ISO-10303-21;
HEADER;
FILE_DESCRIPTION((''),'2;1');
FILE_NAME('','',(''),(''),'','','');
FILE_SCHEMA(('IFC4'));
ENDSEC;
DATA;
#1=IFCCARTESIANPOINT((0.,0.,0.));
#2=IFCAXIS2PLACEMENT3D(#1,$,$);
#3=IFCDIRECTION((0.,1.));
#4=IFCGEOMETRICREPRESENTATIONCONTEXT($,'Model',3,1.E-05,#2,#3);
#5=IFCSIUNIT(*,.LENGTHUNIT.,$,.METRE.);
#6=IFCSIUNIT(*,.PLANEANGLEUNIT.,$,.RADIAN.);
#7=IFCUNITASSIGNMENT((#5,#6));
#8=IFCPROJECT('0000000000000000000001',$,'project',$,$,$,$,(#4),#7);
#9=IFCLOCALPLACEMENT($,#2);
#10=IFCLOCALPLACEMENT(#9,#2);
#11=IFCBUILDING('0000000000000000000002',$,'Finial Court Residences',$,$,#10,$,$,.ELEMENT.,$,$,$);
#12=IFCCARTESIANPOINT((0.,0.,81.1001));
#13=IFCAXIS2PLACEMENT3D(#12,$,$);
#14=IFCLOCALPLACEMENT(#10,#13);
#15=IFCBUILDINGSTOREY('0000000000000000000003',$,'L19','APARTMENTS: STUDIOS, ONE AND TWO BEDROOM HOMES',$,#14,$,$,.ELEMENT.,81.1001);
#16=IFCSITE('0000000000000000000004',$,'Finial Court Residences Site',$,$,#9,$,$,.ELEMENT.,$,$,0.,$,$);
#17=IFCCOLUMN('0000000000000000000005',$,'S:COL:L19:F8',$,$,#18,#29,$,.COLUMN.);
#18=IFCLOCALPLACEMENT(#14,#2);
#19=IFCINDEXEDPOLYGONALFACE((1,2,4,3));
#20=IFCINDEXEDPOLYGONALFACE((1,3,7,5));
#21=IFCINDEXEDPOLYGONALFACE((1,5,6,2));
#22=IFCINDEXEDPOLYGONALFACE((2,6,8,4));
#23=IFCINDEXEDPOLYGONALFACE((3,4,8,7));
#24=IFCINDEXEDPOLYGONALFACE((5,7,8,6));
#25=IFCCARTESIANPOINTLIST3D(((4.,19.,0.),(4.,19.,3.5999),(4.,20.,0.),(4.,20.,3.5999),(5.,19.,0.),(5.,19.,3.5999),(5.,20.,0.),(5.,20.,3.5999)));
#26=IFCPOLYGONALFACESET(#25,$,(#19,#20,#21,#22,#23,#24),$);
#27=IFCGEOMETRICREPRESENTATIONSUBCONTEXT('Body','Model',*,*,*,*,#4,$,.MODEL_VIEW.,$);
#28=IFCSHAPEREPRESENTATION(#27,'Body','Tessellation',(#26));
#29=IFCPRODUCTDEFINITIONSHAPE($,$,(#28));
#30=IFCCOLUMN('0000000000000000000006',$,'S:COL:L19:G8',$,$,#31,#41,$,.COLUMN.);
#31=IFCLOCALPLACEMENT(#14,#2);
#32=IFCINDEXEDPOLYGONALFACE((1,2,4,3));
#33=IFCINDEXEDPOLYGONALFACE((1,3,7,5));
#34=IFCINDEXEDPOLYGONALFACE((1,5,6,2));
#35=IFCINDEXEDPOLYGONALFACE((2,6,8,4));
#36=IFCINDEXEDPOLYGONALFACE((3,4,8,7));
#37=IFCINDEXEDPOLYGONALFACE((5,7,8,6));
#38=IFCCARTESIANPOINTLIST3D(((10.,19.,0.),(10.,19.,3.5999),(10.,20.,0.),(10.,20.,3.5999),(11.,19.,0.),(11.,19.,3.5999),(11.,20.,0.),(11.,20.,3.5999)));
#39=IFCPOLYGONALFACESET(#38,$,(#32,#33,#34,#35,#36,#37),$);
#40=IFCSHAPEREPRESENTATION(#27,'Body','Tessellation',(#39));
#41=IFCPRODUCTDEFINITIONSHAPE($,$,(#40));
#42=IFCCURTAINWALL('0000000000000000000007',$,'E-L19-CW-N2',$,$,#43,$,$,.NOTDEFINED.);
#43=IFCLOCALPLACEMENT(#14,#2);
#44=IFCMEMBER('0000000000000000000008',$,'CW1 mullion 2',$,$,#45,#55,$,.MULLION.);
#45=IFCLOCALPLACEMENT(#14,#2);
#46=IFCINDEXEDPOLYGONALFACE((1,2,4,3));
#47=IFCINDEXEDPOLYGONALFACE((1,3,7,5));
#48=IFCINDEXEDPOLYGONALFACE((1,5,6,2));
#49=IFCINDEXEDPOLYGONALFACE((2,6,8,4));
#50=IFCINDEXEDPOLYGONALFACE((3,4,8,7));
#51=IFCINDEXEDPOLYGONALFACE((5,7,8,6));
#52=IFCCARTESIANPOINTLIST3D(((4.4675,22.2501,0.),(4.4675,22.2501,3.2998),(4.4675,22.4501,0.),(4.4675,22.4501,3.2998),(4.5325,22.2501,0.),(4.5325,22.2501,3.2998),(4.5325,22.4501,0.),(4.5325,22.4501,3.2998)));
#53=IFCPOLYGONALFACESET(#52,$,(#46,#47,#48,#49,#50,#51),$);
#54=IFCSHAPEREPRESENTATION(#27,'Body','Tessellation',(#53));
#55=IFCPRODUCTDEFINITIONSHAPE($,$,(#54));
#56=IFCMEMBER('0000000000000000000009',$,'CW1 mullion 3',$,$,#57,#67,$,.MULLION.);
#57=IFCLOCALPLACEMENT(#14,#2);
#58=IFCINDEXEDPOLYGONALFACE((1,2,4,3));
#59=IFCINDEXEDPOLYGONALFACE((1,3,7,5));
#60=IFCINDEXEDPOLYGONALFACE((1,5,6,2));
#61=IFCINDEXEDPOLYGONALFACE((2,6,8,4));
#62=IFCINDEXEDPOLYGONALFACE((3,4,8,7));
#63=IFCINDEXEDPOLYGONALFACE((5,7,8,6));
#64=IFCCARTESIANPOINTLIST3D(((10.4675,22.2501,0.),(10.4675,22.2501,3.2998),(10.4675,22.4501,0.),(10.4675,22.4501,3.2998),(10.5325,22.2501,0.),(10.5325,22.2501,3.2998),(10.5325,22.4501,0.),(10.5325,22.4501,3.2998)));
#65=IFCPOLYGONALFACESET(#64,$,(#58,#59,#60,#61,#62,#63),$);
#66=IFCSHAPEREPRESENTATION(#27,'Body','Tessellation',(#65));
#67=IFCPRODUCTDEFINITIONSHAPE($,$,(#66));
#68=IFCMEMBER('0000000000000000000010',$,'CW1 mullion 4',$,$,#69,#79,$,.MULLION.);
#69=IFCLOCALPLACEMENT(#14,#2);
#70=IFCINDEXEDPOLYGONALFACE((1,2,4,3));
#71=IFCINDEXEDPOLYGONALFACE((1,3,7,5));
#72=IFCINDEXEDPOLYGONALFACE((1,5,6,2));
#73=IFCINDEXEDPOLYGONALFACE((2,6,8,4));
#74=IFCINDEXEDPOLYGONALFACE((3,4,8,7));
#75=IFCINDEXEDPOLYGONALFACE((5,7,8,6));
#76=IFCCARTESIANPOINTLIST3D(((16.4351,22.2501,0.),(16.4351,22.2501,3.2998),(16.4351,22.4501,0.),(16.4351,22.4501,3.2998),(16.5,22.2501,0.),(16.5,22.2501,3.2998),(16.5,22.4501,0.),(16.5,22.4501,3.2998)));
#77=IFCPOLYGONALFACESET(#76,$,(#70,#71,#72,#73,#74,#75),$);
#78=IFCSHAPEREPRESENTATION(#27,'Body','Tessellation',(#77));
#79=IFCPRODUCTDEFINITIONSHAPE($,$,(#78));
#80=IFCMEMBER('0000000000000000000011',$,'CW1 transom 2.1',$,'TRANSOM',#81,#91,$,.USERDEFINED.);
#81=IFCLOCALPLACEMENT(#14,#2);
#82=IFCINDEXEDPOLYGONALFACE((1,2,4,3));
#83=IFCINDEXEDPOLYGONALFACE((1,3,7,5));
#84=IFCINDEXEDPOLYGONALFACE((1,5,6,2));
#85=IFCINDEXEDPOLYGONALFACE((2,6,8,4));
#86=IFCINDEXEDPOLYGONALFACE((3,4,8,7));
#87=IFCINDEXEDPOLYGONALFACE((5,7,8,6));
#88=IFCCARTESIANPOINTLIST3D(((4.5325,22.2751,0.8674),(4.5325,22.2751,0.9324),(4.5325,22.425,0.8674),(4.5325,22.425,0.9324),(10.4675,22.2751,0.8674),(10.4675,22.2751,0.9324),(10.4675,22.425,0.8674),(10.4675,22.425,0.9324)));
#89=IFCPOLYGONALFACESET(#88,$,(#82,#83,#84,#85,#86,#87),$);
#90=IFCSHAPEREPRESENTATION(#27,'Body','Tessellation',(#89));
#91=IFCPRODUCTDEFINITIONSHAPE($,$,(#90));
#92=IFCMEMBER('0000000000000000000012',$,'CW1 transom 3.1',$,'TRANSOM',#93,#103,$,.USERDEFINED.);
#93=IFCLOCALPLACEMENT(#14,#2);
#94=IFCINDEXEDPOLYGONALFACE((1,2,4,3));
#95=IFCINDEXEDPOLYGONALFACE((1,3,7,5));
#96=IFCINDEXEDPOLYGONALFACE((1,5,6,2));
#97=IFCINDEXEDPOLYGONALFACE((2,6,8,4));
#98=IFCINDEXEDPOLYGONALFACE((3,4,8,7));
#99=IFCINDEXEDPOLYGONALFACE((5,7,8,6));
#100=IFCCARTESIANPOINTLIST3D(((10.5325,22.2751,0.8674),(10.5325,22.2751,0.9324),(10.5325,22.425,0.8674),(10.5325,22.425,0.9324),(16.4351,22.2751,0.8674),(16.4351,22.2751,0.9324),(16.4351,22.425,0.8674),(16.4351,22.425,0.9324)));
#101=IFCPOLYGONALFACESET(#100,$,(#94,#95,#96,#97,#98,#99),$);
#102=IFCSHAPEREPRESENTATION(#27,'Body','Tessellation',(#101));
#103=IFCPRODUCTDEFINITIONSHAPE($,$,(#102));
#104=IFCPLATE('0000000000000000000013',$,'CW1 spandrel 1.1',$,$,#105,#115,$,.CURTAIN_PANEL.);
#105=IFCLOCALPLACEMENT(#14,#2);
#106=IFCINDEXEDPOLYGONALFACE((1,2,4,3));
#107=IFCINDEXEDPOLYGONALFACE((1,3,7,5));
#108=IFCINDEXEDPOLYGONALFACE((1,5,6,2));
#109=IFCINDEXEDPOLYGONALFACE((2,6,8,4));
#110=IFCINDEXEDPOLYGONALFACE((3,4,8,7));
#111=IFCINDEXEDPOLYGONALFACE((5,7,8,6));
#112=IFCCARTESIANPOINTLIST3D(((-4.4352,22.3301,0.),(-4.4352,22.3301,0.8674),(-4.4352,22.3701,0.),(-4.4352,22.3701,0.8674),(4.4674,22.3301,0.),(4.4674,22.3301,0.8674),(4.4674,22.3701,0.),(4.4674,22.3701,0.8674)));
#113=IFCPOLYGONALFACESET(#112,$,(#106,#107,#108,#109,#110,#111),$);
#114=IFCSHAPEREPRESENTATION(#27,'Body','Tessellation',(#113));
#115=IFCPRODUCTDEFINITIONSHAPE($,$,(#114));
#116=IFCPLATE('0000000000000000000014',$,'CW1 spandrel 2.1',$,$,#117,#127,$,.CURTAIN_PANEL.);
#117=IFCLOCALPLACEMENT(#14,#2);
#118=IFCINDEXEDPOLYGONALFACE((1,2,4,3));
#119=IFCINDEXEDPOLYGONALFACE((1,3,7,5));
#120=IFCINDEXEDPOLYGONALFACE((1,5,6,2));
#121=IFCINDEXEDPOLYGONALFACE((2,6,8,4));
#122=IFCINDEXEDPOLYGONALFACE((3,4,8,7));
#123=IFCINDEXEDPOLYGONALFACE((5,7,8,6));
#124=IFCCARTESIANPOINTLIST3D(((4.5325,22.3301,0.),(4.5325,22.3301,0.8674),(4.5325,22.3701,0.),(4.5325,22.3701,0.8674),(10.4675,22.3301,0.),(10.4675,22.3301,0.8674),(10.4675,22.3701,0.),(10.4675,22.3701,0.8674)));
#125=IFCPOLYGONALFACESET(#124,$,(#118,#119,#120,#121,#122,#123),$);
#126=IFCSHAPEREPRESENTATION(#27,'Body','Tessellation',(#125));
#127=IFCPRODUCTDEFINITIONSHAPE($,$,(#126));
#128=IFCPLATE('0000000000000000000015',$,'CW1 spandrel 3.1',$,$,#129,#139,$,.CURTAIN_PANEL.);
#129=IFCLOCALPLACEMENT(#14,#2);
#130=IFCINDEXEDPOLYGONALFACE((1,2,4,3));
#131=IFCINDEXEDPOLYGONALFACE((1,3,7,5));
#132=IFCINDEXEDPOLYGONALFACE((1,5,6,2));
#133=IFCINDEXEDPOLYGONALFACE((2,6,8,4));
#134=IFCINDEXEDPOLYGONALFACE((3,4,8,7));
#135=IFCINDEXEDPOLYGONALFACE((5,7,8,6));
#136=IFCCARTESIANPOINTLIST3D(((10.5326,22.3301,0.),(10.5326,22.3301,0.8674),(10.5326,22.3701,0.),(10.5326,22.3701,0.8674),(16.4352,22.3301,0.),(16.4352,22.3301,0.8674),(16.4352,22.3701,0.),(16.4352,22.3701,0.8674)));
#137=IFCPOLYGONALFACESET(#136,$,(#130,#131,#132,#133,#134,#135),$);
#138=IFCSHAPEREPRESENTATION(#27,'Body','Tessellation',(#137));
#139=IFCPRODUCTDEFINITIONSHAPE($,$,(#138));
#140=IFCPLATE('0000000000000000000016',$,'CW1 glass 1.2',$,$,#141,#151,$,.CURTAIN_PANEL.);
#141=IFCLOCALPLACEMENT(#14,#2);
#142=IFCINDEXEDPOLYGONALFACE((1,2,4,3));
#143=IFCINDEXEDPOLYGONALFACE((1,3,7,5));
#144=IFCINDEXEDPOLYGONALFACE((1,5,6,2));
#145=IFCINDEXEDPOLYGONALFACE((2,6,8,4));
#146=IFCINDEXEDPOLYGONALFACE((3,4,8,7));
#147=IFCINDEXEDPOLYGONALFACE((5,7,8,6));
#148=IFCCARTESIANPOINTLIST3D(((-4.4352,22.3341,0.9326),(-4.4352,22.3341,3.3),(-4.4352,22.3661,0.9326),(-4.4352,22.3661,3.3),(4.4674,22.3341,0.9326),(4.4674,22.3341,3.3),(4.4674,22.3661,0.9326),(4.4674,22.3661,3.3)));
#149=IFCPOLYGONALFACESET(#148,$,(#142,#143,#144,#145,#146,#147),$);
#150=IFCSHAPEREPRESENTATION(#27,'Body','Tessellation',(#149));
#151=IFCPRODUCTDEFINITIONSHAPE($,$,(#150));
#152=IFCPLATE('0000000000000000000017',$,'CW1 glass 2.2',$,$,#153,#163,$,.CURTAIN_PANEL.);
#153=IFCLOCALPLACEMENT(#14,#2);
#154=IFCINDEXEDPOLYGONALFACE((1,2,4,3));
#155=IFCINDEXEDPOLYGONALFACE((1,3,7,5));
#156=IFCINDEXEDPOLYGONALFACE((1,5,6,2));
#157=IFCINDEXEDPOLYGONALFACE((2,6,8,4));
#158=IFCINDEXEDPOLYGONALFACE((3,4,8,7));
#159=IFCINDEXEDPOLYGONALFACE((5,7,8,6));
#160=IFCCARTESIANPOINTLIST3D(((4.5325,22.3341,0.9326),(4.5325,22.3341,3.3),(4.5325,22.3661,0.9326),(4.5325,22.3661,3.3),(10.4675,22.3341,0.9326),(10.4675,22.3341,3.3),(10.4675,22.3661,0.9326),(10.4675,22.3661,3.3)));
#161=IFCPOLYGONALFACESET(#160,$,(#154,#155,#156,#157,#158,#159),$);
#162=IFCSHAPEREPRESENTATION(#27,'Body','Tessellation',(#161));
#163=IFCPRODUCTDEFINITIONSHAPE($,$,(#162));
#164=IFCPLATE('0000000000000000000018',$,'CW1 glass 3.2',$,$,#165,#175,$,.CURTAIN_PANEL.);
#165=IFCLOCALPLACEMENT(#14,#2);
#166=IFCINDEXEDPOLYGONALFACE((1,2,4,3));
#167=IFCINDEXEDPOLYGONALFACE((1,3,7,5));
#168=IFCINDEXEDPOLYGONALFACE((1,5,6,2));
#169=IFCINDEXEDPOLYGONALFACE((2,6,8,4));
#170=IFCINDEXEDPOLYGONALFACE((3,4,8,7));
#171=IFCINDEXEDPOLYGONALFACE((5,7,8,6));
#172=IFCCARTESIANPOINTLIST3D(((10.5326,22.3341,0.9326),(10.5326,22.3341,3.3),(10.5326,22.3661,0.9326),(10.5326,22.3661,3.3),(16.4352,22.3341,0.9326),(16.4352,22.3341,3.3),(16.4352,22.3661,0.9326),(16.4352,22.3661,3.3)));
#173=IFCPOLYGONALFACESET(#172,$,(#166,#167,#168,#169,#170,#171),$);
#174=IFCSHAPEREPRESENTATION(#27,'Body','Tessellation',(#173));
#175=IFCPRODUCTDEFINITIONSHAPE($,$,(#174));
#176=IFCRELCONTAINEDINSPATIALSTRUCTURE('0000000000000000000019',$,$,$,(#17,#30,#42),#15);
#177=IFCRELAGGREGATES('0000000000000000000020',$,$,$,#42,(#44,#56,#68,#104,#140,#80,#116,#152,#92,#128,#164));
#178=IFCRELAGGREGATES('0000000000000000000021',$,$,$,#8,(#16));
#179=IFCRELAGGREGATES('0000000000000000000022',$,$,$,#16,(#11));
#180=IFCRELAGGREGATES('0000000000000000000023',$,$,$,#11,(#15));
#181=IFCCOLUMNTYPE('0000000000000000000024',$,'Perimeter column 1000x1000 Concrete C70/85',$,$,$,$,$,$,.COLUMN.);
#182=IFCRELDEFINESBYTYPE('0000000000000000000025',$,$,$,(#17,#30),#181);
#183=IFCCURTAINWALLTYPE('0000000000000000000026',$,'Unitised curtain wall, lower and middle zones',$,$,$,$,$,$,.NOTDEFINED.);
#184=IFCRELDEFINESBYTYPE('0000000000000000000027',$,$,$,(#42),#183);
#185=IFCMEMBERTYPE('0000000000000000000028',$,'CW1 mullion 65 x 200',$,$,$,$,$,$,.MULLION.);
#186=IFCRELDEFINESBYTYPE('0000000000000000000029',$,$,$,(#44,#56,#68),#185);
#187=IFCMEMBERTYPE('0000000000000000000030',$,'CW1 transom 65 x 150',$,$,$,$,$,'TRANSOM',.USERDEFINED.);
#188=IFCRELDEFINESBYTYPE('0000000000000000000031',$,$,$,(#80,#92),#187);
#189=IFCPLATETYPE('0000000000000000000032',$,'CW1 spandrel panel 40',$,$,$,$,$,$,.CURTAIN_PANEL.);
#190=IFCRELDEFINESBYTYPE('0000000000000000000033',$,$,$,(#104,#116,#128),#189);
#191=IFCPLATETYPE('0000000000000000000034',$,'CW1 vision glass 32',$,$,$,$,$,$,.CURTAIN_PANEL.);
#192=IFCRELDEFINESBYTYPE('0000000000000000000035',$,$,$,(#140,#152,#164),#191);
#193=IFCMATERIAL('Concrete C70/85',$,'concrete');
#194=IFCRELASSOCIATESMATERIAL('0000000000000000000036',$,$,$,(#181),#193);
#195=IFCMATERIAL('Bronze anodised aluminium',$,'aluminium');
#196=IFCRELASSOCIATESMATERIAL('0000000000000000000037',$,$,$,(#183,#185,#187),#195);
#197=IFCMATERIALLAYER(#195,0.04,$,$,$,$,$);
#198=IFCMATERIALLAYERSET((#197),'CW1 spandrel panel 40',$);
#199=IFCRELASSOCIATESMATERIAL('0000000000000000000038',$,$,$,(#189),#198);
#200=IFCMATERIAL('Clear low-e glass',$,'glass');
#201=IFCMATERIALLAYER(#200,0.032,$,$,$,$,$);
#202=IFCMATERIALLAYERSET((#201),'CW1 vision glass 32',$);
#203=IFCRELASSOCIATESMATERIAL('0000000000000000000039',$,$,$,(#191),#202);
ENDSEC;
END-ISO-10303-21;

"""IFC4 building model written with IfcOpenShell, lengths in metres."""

from ifc_helpers import new_model, si_unit, direction, frame, origin, origin_2d, place, context, subcontext, project, spatial, rectangle, extrude, material, layer, layer_set, material_profile, profile_set, type_object, element, aggregate, save


model = new_model("IFC4")

# Units and contexts
model_context = context("Model", 3, precision=1e-05, world=origin(), true_north=direction((0.0, 1.0)))
body_context = subcontext(model_context, "Body", "Model", "MODEL_VIEW")
ifc_project = project(units=[si_unit("LENGTHUNIT", "METRE"), si_unit("PLANEANGLEUNIT", "RADIAN")], contexts=[model_context])

# Site, building, storey
site_placement = place(None, origin())
site = spatial("IfcSite", under=ifc_project, at=site_placement, Name="Finial Court Residences Site", CompositionType="ELEMENT", RefElevation=0.0)
building_placement = place(site_placement, origin())
building = spatial("IfcBuilding", under=site, at=building_placement, Name="Finial Court Residences", CompositionType="ELEMENT")
storey_placement = place(building_placement, frame((0.0, 0.0, 81.1001)))
storey = spatial("IfcBuildingStorey", under=building, at=storey_placement, Name="L19", Description="APARTMENTS: STUDIOS, ONE AND TWO BEDROOM HOMES", CompositionType="ELEMENT", Elevation=81.1001)

# Columns
ifc_material_1 = material(Name="Concrete C70/85", Category="concrete")
ifc_material_profile_1 = material_profile(ifc_material_1, rectangle(XDim=1.0, YDim=1.0, at=origin_2d()), Name="1000x1000")
ifc_profile_set_1 = profile_set([ifc_material_profile_1], Name="Concrete C70/85")
column_type = type_object("IfcColumnType", Name="Perimeter column 1000x1000 Concrete C70/85", PredefinedType="COLUMN", material=ifc_profile_set_1)
for number, where, z_axis, x_axis, name in (
    (1, (4.5, 19.5, 0.0), (0.0, 0.0, 1.0), (1.0, 0.0, 0.0), "S:COL:L19:F8"),
    (2, (10.5, 19.5, 0.0), (0.0, 0.0, 1.0), (1.0, 0.0, 0.0), "S:COL:L19:G8"),
):
    element("IfcColumn", number, at=place(storey_placement, frame(where, z_axis=z_axis, x_axis=x_axis)), inside=storey, type_object=column_type, Name=name, PredefinedType="COLUMN", context=body_context, shape_type="SweptSolid", body=[
        extrude(rectangle(XDim=1.0, YDim=1.0, at=origin_2d()), origin(), (0.0, 0.0, 1.0), 3.5999),
    ])

# Curtain wall, members, plates
ifc_material_2 = material(Name="Bronze anodised aluminium", Category="aluminium")
curtain_wall_type = type_object("IfcCurtainWallType", Name="Unitised curtain wall, lower and middle zones", PredefinedType="NOTDEFINED", material=ifc_material_2)
curtain_wall_placement = place(storey_placement, origin())
curtain_wall = element("IfcCurtainWall", 3, at=curtain_wall_placement, inside=storey, type_object=curtain_wall_type, Name="E-L19-CW-N2", PredefinedType="NOTDEFINED")
ifc_material_profile_2 = material_profile(ifc_material_2, rectangle(XDim=0.2, YDim=0.0649, at=origin_2d()), Name="CW1 mullion 65 x 200")
ifc_profile_set_2 = profile_set([ifc_material_profile_2], Name="Bronze anodised aluminium")
member_type_1 = type_object("IfcMemberType", Name="CW1 mullion 65 x 200", PredefinedType="MULLION", material=ifc_profile_set_2)
member_1_placement = place(storey_placement, frame((4.5, 22.3501, 0.0), z_axis=(0.0, 0.0, 1.0), x_axis=(0.0, 1.0, 0.0)))
member_1 = element("IfcMember", 4, at=member_1_placement, type_object=member_type_1, Name="CW1 mullion 2", PredefinedType="MULLION", context=body_context, shape_type="SweptSolid", body=[
    extrude(rectangle(XDim=0.2, YDim=0.0649, at=origin_2d()), origin(), (0.0, 0.0, 1.0), 3.2998),
])
member_2_placement = place(storey_placement, frame((10.5, 22.3501, 0.0), z_axis=(0.0, 0.0, 1.0), x_axis=(0.0, 1.0, 0.0)))
member_2 = element("IfcMember", 5, at=member_2_placement, type_object=member_type_1, Name="CW1 mullion 3", PredefinedType="MULLION", context=body_context, shape_type="SweptSolid", body=[
    extrude(rectangle(XDim=0.2, YDim=0.0649, at=origin_2d()), origin(), (0.0, 0.0, 1.0), 3.2998),
])
member_3_placement = place(storey_placement, frame((16.4675, 22.3501, 0.0), z_axis=(0.0, 0.0, 1.0), x_axis=(0.0, 1.0, 0.0)))
member_3 = element("IfcMember", 6, at=member_3_placement, type_object=member_type_1, Name="CW1 mullion 4", PredefinedType="MULLION", context=body_context, shape_type="SweptSolid", body=[
    extrude(rectangle(XDim=0.2, YDim=0.0649, at=origin_2d()), origin(), (0.0, 0.0, 1.0), 3.2998),
])
ifc_material_profile_3 = material_profile(ifc_material_2, rectangle(XDim=0.1499, YDim=0.0649, at=origin_2d()), Name="CW1 transom 65 x 150")
ifc_profile_set_3 = profile_set([ifc_material_profile_3], Name="Bronze anodised aluminium")
member_type_2 = type_object("IfcMemberType", Name="CW1 transom 65 x 150", ElementType="TRANSOM", PredefinedType="USERDEFINED", material=ifc_profile_set_3)
member_4_placement = place(storey_placement, frame((4.5325, 22.3501, 0.8999), z_axis=(1.0, 0.0, 0.0), x_axis=(0.0, 1.0, 0.0)))
member_4 = element("IfcMember", 7, at=member_4_placement, type_object=member_type_2, Name="CW1 transom 2.1", ObjectType="TRANSOM", PredefinedType="USERDEFINED", context=body_context, shape_type="SweptSolid", body=[
    extrude(rectangle(XDim=0.1499, YDim=0.0649, at=origin_2d()), origin(), (0.0, 0.0, 1.0), 5.9351),
])
member_5_placement = place(storey_placement, frame((10.5325, 22.3501, 0.8999), z_axis=(1.0, 0.0, 0.0), x_axis=(0.0, 1.0, 0.0)))
member_5 = element("IfcMember", 8, at=member_5_placement, type_object=member_type_2, Name="CW1 transom 3.1", ObjectType="TRANSOM", PredefinedType="USERDEFINED", context=body_context, shape_type="SweptSolid", body=[
    extrude(rectangle(XDim=0.1499, YDim=0.0649, at=origin_2d()), origin(), (0.0, 0.0, 1.0), 5.9026),
])
ifc_layer_1 = layer(ifc_material_2, 0.04)
ifc_layer_set_1 = layer_set([ifc_layer_1], Name="CW1 spandrel panel 40")
plate_type_1 = type_object("IfcPlateType", Name="CW1 spandrel panel 40", PredefinedType="CURTAIN_PANEL", material=ifc_layer_set_1)
plate_1_placement = place(storey_placement, frame((0.0161, 22.3501, 0.0), z_axis=(0.0, 0.0, 1.0), x_axis=(1.0, 0.0, 0.0)))
plate_1 = element("IfcPlate", 9, at=plate_1_placement, type_object=plate_type_1, Name="CW1 spandrel 1.1", PredefinedType="CURTAIN_PANEL", context=body_context, shape_type="SweptSolid", body=[
    extrude(rectangle(XDim=8.9026, YDim=0.04, at=origin_2d()), origin(), (0.0, 0.0, 1.0), 0.8674),
])
plate_2_placement = place(storey_placement, frame((7.5, 22.3501, 0.0), z_axis=(0.0, 0.0, 1.0), x_axis=(1.0, 0.0, 0.0)))
plate_2 = element("IfcPlate", 10, at=plate_2_placement, type_object=plate_type_1, Name="CW1 spandrel 2.1", PredefinedType="CURTAIN_PANEL", context=body_context, shape_type="SweptSolid", body=[
    extrude(rectangle(XDim=5.9351, YDim=0.04, at=origin_2d()), origin(), (0.0, 0.0, 1.0), 0.8674),
])
plate_3_placement = place(storey_placement, frame((13.4839, 22.3501, 0.0), z_axis=(0.0, 0.0, 1.0), x_axis=(1.0, 0.0, 0.0)))
plate_3 = element("IfcPlate", 11, at=plate_3_placement, type_object=plate_type_1, Name="CW1 spandrel 3.1", PredefinedType="CURTAIN_PANEL", context=body_context, shape_type="SweptSolid", body=[
    extrude(rectangle(XDim=5.9026, YDim=0.04, at=origin_2d()), origin(), (0.0, 0.0, 1.0), 0.8674),
])
ifc_material_3 = material(Name="Clear low-e glass", Category="glass")
ifc_layer_2 = layer(ifc_material_3, 0.032)
ifc_layer_set_2 = layer_set([ifc_layer_2], Name="CW1 vision glass 32")
plate_type_2 = type_object("IfcPlateType", Name="CW1 vision glass 32", PredefinedType="CURTAIN_PANEL", material=ifc_layer_set_2)
plate_4_placement = place(storey_placement, frame((0.0161, 22.3501, 0.9326), z_axis=(0.0, 0.0, 1.0), x_axis=(1.0, 0.0, 0.0)))
plate_4 = element("IfcPlate", 12, at=plate_4_placement, type_object=plate_type_2, Name="CW1 glass 1.2", PredefinedType="CURTAIN_PANEL", context=body_context, shape_type="SweptSolid", body=[
    extrude(rectangle(XDim=8.9026, YDim=0.032, at=origin_2d()), origin(), (0.0, 0.0, 1.0), 2.3674),
])
plate_5_placement = place(storey_placement, frame((7.5, 22.3501, 0.9326), z_axis=(0.0, 0.0, 1.0), x_axis=(1.0, 0.0, 0.0)))
plate_5 = element("IfcPlate", 13, at=plate_5_placement, type_object=plate_type_2, Name="CW1 glass 2.2", PredefinedType="CURTAIN_PANEL", context=body_context, shape_type="SweptSolid", body=[
    extrude(rectangle(XDim=5.9351, YDim=0.032, at=origin_2d()), origin(), (0.0, 0.0, 1.0), 2.3674),
])
plate_6_placement = place(storey_placement, frame((13.4839, 22.3501, 0.9326), z_axis=(0.0, 0.0, 1.0), x_axis=(1.0, 0.0, 0.0)))
plate_6 = element("IfcPlate", 14, at=plate_6_placement, type_object=plate_type_2, Name="CW1 glass 3.2", PredefinedType="CURTAIN_PANEL", context=body_context, shape_type="SweptSolid", body=[
    extrude(rectangle(XDim=5.9026, YDim=0.032, at=origin_2d()), origin(), (0.0, 0.0, 1.0), 2.3674),
])
aggregate(curtain_wall, [member_1, member_2, member_3, plate_1, plate_4, member_4, plate_2, plate_5, member_5, plate_3, plate_6])

save(model, "model.ifc")
